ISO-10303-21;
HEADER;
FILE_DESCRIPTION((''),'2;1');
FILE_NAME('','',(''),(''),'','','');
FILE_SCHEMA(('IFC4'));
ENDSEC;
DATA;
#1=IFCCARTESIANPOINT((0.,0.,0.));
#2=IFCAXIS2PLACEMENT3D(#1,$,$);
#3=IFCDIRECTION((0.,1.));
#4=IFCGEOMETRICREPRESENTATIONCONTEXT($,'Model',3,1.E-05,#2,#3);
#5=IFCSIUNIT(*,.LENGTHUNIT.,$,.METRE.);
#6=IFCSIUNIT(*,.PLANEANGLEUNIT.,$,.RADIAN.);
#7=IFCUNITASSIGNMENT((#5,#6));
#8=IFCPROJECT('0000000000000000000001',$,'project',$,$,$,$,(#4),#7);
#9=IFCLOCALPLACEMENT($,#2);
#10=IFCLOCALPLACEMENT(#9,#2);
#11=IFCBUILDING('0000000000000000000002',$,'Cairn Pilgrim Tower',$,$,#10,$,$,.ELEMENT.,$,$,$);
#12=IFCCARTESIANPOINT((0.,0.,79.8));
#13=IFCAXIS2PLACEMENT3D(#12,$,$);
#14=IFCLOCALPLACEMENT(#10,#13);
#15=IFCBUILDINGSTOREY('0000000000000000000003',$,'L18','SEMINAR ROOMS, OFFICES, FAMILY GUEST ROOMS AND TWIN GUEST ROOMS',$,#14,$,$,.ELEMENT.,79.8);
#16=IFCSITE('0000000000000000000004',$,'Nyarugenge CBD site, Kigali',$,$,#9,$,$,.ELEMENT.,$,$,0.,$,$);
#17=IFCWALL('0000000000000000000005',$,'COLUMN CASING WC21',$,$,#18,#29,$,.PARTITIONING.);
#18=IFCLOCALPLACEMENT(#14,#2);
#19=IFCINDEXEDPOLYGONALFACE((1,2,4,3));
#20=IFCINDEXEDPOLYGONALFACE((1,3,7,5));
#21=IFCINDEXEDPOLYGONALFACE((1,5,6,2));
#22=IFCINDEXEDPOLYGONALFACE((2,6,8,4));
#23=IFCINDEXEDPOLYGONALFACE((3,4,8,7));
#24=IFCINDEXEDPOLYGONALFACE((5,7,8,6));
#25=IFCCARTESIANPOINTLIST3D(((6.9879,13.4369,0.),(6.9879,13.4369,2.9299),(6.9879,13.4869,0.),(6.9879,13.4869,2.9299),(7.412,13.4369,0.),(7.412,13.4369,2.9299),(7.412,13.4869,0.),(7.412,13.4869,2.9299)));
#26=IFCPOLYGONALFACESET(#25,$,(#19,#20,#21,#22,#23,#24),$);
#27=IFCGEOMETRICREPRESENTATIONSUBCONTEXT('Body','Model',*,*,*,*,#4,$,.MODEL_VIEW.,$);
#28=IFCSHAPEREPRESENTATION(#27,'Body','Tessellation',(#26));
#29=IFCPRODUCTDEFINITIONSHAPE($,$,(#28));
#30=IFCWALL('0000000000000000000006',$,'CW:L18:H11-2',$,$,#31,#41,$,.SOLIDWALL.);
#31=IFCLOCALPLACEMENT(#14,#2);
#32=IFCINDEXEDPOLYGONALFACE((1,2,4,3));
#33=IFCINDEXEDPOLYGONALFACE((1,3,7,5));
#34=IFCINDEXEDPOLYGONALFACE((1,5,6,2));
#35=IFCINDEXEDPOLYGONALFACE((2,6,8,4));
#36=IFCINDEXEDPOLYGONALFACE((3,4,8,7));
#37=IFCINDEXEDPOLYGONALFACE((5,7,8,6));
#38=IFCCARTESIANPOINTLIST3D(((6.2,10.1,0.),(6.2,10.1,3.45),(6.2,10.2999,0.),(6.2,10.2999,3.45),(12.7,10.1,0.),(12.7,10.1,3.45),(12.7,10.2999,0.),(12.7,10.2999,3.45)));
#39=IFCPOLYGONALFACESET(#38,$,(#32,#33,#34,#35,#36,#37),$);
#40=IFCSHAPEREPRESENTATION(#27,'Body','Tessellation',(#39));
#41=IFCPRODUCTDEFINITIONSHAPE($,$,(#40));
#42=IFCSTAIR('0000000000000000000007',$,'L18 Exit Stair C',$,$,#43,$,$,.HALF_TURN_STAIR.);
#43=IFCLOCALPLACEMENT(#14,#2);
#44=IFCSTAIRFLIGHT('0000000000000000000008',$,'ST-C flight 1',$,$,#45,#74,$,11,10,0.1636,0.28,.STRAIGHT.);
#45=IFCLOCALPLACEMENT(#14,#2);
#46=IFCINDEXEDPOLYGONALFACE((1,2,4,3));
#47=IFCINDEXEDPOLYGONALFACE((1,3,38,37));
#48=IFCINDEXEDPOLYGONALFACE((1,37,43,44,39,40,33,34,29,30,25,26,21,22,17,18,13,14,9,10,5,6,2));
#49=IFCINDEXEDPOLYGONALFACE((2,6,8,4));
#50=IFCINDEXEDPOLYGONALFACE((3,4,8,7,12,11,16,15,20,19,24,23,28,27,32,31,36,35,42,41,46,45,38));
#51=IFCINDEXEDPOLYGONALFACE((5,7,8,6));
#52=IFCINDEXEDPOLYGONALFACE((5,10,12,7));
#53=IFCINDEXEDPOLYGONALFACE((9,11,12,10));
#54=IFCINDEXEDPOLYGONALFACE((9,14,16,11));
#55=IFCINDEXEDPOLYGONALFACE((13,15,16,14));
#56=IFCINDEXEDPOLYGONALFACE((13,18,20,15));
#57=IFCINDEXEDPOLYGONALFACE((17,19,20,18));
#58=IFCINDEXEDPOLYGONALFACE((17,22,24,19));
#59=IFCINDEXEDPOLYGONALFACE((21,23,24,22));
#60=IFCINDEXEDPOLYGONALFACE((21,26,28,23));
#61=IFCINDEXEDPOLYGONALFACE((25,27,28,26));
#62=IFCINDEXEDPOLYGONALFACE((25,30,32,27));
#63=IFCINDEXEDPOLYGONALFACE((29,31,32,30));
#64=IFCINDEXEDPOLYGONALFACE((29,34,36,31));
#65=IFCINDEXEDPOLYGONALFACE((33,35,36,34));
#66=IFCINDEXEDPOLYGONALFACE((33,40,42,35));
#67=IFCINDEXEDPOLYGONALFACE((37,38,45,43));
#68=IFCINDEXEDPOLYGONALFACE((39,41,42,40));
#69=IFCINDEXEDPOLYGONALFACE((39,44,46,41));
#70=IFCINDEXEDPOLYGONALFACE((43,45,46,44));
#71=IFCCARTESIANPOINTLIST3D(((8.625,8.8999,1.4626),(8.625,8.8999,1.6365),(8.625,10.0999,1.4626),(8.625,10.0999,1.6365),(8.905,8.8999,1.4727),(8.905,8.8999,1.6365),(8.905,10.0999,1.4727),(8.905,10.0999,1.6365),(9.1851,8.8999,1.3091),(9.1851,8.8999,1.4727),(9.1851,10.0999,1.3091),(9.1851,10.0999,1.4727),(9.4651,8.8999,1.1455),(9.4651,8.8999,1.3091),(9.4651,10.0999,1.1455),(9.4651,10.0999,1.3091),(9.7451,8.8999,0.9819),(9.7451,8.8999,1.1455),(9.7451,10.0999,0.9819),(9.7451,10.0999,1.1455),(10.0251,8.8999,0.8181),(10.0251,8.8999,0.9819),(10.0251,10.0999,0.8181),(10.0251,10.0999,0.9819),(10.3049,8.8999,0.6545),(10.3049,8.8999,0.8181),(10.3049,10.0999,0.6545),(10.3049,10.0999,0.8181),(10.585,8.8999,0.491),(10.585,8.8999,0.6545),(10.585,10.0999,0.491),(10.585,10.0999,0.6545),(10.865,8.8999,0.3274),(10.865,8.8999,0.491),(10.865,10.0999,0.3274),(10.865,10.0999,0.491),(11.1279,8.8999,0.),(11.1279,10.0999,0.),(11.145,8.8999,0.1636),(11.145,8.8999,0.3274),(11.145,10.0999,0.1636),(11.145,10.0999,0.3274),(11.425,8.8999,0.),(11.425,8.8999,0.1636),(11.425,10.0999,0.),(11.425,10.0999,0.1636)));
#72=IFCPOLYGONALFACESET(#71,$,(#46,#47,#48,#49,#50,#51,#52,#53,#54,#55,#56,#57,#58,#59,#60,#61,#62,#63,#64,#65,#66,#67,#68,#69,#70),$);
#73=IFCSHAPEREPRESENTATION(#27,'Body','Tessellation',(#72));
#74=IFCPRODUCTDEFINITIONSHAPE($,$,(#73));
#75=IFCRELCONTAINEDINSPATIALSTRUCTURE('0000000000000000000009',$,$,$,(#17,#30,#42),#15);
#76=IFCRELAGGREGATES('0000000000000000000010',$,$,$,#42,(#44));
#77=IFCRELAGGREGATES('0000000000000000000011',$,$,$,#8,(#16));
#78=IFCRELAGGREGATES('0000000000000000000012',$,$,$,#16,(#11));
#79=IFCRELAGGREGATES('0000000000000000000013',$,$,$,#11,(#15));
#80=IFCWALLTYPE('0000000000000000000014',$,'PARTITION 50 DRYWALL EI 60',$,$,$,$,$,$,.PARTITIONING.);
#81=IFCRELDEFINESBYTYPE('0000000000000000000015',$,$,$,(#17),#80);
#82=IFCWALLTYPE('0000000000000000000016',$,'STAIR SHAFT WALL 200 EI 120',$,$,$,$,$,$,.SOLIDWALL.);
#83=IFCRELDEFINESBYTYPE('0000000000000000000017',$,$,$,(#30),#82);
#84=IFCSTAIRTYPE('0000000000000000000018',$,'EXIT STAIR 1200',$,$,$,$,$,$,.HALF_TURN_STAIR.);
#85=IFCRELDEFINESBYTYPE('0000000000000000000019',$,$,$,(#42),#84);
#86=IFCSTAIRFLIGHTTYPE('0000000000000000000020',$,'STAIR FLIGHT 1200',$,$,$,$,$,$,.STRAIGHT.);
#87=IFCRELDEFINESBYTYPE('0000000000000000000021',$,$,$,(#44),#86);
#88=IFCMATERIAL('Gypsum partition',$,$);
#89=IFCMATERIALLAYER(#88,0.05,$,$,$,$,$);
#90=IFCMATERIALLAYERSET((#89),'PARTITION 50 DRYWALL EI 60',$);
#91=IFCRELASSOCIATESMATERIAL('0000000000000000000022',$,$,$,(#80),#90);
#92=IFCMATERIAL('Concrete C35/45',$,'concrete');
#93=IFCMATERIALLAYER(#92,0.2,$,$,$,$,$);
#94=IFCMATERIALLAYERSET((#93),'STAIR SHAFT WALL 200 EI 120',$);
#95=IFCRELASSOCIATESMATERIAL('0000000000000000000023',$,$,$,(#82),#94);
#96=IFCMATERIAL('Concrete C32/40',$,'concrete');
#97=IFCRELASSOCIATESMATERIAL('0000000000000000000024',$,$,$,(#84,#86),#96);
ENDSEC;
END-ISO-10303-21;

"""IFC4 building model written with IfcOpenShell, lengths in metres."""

from ifc_helpers import new_model, si_unit, direction, frame, frame_2d, origin, place, context, subcontext, project, spatial, polyline, rectangle, outline, extrude, material, layer, layer_set, type_object, element, aggregate, save


model = new_model("IFC4")

# Units and contexts
model_context = context("Model", 3, precision=1e-05, world=origin(), true_north=direction((0.0, 1.0)))
body_context = subcontext(model_context, "Body", "Model", "MODEL_VIEW")
ifc_project = project(units=[si_unit("LENGTHUNIT", "METRE"), si_unit("PLANEANGLEUNIT", "RADIAN")], contexts=[model_context])

# Site, building, storey
site_placement = place(None, origin())
site = spatial("IfcSite", under=ifc_project, at=site_placement, Name="Nyarugenge CBD site, Kigali", CompositionType="ELEMENT", RefElevation=0.0)
building_placement = place(site_placement, origin())
building = spatial("IfcBuilding", under=site, at=building_placement, Name="Cairn Pilgrim Tower", CompositionType="ELEMENT")
storey_placement = place(building_placement, frame((0.0, 0.0, 79.8)))
storey = spatial("IfcBuildingStorey", under=building, at=storey_placement, Name="L18", Description="SEMINAR ROOMS, OFFICES, FAMILY GUEST ROOMS AND TWIN GUEST ROOMS", CompositionType="ELEMENT", Elevation=79.8)

# Shared definitions
ifc_material_1 = material(Name="Concrete C32/40", Category="concrete")

# Shared definitions
ifc_material_2 = material(Name="Gypsum partition")

# Walls
ifc_layer_1 = layer(ifc_material_2, 0.05)
ifc_layer_set_1 = layer_set([ifc_layer_1], Name="PARTITION 50 DRYWALL EI 60")
wall_type_1 = type_object("IfcWallType", Name="PARTITION 50 DRYWALL EI 60", PredefinedType="PARTITIONING", material=ifc_layer_set_1)
wall_1_placement = place(storey_placement, frame((6.988, 13.4619, 0.0), z_axis=(0.0, 0.0, 1.0), x_axis=(1.0, 0.0, 0.0)))
element("IfcWall", 1, at=wall_1_placement, inside=storey, type_object=wall_type_1, Name="COLUMN CASING WC21", PredefinedType="PARTITIONING", context=body_context, shape_type="SweptSolid", body=[
    extrude(rectangle(XDim=0.4241, YDim=0.05, at=frame_2d((0.2119, 0.0))), origin(), (0.0, 0.0, 1.0), 2.9299),
])
ifc_material_3 = material(Name="Concrete C35/45", Category="concrete")
ifc_layer_2 = layer(ifc_material_3, 0.2)
ifc_layer_set_2 = layer_set([ifc_layer_2], Name="STAIR SHAFT WALL 200 EI 120")
wall_type_2 = type_object("IfcWallType", Name="STAIR SHAFT WALL 200 EI 120", PredefinedType="SOLIDWALL", material=ifc_layer_set_2)
wall_2_placement = place(storey_placement, frame((6.2, 10.2, 0.0), z_axis=(0.0, 0.0, 1.0), x_axis=(1.0, 0.0, 0.0)))
element("IfcWall", 2, at=wall_2_placement, inside=storey, type_object=wall_type_2, Name="CW:L18:H11-2", PredefinedType="SOLIDWALL", context=body_context, shape_type="SweptSolid", body=[
    extrude(rectangle(XDim=6.5, YDim=0.2, at=frame_2d((3.25, 0.0))), origin(), (0.0, 0.0, 1.0), 3.45),
])

# Stair, stair flight
stair_type = type_object("IfcStairType", Name="EXIT STAIR 1200", PredefinedType="HALF_TURN_STAIR", material=ifc_material_1)
stair_placement = place(storey_placement, origin())
stair = element("IfcStair", 3, at=stair_placement, inside=storey, type_object=stair_type, Name="L18 Exit Stair C", PredefinedType="HALF_TURN_STAIR")
stair_flight_type = type_object("IfcStairFlightType", Name="STAIR FLIGHT 1200", PredefinedType="STRAIGHT", material=ifc_material_1)
stair_flight_placement = place(storey_placement, frame((11.425, 9.5, 0.0), z_axis=(0.0, 0.0, 1.0), x_axis=(-1.0, 0.0, 0.0)))
stair_flight = element("IfcStairFlight", 4, at=stair_flight_placement, type_object=stair_flight_type, Name="ST-C flight 1", NumberOfRisers=11, NumberOfTreads=10, PredefinedType="STRAIGHT", RiserHeight=0.1636, TreadLength=0.28, context=body_context, shape_type="SweptSolid", body=[
    extrude(outline(polyline([(0.0, 0.0), (0.0, 0.1636), (0.28, 0.1636), (0.28, 0.3274), (0.5601, 0.3274), (0.5601, 0.491), (0.8401, 0.491), (0.8401, 0.6545), (1.1201, 0.6545), (1.1201, 0.8181), (1.3999, 0.8181), (1.3999, 0.9819), (1.6799, 0.9819), (1.6799, 1.1455), (1.96, 1.1455), (1.96, 1.3091), (2.24, 1.3091), (2.24, 1.4727), (2.52, 1.4727), (2.52, 1.6365), (2.8, 1.6365), (2.8, 1.8), (2.8, 1.4626), (0.2971, 0.0), (0.0, 0.0)])), frame((0.0, 0.6001, 0.0), z_axis=(0.0, -1.0, 0.0), x_axis=(1.0, 0.0, 0.0)), (0.0, 0.0, 1.0), 1.2),
])
aggregate(stair, [stair_flight])

save(model, "model.ifc")
